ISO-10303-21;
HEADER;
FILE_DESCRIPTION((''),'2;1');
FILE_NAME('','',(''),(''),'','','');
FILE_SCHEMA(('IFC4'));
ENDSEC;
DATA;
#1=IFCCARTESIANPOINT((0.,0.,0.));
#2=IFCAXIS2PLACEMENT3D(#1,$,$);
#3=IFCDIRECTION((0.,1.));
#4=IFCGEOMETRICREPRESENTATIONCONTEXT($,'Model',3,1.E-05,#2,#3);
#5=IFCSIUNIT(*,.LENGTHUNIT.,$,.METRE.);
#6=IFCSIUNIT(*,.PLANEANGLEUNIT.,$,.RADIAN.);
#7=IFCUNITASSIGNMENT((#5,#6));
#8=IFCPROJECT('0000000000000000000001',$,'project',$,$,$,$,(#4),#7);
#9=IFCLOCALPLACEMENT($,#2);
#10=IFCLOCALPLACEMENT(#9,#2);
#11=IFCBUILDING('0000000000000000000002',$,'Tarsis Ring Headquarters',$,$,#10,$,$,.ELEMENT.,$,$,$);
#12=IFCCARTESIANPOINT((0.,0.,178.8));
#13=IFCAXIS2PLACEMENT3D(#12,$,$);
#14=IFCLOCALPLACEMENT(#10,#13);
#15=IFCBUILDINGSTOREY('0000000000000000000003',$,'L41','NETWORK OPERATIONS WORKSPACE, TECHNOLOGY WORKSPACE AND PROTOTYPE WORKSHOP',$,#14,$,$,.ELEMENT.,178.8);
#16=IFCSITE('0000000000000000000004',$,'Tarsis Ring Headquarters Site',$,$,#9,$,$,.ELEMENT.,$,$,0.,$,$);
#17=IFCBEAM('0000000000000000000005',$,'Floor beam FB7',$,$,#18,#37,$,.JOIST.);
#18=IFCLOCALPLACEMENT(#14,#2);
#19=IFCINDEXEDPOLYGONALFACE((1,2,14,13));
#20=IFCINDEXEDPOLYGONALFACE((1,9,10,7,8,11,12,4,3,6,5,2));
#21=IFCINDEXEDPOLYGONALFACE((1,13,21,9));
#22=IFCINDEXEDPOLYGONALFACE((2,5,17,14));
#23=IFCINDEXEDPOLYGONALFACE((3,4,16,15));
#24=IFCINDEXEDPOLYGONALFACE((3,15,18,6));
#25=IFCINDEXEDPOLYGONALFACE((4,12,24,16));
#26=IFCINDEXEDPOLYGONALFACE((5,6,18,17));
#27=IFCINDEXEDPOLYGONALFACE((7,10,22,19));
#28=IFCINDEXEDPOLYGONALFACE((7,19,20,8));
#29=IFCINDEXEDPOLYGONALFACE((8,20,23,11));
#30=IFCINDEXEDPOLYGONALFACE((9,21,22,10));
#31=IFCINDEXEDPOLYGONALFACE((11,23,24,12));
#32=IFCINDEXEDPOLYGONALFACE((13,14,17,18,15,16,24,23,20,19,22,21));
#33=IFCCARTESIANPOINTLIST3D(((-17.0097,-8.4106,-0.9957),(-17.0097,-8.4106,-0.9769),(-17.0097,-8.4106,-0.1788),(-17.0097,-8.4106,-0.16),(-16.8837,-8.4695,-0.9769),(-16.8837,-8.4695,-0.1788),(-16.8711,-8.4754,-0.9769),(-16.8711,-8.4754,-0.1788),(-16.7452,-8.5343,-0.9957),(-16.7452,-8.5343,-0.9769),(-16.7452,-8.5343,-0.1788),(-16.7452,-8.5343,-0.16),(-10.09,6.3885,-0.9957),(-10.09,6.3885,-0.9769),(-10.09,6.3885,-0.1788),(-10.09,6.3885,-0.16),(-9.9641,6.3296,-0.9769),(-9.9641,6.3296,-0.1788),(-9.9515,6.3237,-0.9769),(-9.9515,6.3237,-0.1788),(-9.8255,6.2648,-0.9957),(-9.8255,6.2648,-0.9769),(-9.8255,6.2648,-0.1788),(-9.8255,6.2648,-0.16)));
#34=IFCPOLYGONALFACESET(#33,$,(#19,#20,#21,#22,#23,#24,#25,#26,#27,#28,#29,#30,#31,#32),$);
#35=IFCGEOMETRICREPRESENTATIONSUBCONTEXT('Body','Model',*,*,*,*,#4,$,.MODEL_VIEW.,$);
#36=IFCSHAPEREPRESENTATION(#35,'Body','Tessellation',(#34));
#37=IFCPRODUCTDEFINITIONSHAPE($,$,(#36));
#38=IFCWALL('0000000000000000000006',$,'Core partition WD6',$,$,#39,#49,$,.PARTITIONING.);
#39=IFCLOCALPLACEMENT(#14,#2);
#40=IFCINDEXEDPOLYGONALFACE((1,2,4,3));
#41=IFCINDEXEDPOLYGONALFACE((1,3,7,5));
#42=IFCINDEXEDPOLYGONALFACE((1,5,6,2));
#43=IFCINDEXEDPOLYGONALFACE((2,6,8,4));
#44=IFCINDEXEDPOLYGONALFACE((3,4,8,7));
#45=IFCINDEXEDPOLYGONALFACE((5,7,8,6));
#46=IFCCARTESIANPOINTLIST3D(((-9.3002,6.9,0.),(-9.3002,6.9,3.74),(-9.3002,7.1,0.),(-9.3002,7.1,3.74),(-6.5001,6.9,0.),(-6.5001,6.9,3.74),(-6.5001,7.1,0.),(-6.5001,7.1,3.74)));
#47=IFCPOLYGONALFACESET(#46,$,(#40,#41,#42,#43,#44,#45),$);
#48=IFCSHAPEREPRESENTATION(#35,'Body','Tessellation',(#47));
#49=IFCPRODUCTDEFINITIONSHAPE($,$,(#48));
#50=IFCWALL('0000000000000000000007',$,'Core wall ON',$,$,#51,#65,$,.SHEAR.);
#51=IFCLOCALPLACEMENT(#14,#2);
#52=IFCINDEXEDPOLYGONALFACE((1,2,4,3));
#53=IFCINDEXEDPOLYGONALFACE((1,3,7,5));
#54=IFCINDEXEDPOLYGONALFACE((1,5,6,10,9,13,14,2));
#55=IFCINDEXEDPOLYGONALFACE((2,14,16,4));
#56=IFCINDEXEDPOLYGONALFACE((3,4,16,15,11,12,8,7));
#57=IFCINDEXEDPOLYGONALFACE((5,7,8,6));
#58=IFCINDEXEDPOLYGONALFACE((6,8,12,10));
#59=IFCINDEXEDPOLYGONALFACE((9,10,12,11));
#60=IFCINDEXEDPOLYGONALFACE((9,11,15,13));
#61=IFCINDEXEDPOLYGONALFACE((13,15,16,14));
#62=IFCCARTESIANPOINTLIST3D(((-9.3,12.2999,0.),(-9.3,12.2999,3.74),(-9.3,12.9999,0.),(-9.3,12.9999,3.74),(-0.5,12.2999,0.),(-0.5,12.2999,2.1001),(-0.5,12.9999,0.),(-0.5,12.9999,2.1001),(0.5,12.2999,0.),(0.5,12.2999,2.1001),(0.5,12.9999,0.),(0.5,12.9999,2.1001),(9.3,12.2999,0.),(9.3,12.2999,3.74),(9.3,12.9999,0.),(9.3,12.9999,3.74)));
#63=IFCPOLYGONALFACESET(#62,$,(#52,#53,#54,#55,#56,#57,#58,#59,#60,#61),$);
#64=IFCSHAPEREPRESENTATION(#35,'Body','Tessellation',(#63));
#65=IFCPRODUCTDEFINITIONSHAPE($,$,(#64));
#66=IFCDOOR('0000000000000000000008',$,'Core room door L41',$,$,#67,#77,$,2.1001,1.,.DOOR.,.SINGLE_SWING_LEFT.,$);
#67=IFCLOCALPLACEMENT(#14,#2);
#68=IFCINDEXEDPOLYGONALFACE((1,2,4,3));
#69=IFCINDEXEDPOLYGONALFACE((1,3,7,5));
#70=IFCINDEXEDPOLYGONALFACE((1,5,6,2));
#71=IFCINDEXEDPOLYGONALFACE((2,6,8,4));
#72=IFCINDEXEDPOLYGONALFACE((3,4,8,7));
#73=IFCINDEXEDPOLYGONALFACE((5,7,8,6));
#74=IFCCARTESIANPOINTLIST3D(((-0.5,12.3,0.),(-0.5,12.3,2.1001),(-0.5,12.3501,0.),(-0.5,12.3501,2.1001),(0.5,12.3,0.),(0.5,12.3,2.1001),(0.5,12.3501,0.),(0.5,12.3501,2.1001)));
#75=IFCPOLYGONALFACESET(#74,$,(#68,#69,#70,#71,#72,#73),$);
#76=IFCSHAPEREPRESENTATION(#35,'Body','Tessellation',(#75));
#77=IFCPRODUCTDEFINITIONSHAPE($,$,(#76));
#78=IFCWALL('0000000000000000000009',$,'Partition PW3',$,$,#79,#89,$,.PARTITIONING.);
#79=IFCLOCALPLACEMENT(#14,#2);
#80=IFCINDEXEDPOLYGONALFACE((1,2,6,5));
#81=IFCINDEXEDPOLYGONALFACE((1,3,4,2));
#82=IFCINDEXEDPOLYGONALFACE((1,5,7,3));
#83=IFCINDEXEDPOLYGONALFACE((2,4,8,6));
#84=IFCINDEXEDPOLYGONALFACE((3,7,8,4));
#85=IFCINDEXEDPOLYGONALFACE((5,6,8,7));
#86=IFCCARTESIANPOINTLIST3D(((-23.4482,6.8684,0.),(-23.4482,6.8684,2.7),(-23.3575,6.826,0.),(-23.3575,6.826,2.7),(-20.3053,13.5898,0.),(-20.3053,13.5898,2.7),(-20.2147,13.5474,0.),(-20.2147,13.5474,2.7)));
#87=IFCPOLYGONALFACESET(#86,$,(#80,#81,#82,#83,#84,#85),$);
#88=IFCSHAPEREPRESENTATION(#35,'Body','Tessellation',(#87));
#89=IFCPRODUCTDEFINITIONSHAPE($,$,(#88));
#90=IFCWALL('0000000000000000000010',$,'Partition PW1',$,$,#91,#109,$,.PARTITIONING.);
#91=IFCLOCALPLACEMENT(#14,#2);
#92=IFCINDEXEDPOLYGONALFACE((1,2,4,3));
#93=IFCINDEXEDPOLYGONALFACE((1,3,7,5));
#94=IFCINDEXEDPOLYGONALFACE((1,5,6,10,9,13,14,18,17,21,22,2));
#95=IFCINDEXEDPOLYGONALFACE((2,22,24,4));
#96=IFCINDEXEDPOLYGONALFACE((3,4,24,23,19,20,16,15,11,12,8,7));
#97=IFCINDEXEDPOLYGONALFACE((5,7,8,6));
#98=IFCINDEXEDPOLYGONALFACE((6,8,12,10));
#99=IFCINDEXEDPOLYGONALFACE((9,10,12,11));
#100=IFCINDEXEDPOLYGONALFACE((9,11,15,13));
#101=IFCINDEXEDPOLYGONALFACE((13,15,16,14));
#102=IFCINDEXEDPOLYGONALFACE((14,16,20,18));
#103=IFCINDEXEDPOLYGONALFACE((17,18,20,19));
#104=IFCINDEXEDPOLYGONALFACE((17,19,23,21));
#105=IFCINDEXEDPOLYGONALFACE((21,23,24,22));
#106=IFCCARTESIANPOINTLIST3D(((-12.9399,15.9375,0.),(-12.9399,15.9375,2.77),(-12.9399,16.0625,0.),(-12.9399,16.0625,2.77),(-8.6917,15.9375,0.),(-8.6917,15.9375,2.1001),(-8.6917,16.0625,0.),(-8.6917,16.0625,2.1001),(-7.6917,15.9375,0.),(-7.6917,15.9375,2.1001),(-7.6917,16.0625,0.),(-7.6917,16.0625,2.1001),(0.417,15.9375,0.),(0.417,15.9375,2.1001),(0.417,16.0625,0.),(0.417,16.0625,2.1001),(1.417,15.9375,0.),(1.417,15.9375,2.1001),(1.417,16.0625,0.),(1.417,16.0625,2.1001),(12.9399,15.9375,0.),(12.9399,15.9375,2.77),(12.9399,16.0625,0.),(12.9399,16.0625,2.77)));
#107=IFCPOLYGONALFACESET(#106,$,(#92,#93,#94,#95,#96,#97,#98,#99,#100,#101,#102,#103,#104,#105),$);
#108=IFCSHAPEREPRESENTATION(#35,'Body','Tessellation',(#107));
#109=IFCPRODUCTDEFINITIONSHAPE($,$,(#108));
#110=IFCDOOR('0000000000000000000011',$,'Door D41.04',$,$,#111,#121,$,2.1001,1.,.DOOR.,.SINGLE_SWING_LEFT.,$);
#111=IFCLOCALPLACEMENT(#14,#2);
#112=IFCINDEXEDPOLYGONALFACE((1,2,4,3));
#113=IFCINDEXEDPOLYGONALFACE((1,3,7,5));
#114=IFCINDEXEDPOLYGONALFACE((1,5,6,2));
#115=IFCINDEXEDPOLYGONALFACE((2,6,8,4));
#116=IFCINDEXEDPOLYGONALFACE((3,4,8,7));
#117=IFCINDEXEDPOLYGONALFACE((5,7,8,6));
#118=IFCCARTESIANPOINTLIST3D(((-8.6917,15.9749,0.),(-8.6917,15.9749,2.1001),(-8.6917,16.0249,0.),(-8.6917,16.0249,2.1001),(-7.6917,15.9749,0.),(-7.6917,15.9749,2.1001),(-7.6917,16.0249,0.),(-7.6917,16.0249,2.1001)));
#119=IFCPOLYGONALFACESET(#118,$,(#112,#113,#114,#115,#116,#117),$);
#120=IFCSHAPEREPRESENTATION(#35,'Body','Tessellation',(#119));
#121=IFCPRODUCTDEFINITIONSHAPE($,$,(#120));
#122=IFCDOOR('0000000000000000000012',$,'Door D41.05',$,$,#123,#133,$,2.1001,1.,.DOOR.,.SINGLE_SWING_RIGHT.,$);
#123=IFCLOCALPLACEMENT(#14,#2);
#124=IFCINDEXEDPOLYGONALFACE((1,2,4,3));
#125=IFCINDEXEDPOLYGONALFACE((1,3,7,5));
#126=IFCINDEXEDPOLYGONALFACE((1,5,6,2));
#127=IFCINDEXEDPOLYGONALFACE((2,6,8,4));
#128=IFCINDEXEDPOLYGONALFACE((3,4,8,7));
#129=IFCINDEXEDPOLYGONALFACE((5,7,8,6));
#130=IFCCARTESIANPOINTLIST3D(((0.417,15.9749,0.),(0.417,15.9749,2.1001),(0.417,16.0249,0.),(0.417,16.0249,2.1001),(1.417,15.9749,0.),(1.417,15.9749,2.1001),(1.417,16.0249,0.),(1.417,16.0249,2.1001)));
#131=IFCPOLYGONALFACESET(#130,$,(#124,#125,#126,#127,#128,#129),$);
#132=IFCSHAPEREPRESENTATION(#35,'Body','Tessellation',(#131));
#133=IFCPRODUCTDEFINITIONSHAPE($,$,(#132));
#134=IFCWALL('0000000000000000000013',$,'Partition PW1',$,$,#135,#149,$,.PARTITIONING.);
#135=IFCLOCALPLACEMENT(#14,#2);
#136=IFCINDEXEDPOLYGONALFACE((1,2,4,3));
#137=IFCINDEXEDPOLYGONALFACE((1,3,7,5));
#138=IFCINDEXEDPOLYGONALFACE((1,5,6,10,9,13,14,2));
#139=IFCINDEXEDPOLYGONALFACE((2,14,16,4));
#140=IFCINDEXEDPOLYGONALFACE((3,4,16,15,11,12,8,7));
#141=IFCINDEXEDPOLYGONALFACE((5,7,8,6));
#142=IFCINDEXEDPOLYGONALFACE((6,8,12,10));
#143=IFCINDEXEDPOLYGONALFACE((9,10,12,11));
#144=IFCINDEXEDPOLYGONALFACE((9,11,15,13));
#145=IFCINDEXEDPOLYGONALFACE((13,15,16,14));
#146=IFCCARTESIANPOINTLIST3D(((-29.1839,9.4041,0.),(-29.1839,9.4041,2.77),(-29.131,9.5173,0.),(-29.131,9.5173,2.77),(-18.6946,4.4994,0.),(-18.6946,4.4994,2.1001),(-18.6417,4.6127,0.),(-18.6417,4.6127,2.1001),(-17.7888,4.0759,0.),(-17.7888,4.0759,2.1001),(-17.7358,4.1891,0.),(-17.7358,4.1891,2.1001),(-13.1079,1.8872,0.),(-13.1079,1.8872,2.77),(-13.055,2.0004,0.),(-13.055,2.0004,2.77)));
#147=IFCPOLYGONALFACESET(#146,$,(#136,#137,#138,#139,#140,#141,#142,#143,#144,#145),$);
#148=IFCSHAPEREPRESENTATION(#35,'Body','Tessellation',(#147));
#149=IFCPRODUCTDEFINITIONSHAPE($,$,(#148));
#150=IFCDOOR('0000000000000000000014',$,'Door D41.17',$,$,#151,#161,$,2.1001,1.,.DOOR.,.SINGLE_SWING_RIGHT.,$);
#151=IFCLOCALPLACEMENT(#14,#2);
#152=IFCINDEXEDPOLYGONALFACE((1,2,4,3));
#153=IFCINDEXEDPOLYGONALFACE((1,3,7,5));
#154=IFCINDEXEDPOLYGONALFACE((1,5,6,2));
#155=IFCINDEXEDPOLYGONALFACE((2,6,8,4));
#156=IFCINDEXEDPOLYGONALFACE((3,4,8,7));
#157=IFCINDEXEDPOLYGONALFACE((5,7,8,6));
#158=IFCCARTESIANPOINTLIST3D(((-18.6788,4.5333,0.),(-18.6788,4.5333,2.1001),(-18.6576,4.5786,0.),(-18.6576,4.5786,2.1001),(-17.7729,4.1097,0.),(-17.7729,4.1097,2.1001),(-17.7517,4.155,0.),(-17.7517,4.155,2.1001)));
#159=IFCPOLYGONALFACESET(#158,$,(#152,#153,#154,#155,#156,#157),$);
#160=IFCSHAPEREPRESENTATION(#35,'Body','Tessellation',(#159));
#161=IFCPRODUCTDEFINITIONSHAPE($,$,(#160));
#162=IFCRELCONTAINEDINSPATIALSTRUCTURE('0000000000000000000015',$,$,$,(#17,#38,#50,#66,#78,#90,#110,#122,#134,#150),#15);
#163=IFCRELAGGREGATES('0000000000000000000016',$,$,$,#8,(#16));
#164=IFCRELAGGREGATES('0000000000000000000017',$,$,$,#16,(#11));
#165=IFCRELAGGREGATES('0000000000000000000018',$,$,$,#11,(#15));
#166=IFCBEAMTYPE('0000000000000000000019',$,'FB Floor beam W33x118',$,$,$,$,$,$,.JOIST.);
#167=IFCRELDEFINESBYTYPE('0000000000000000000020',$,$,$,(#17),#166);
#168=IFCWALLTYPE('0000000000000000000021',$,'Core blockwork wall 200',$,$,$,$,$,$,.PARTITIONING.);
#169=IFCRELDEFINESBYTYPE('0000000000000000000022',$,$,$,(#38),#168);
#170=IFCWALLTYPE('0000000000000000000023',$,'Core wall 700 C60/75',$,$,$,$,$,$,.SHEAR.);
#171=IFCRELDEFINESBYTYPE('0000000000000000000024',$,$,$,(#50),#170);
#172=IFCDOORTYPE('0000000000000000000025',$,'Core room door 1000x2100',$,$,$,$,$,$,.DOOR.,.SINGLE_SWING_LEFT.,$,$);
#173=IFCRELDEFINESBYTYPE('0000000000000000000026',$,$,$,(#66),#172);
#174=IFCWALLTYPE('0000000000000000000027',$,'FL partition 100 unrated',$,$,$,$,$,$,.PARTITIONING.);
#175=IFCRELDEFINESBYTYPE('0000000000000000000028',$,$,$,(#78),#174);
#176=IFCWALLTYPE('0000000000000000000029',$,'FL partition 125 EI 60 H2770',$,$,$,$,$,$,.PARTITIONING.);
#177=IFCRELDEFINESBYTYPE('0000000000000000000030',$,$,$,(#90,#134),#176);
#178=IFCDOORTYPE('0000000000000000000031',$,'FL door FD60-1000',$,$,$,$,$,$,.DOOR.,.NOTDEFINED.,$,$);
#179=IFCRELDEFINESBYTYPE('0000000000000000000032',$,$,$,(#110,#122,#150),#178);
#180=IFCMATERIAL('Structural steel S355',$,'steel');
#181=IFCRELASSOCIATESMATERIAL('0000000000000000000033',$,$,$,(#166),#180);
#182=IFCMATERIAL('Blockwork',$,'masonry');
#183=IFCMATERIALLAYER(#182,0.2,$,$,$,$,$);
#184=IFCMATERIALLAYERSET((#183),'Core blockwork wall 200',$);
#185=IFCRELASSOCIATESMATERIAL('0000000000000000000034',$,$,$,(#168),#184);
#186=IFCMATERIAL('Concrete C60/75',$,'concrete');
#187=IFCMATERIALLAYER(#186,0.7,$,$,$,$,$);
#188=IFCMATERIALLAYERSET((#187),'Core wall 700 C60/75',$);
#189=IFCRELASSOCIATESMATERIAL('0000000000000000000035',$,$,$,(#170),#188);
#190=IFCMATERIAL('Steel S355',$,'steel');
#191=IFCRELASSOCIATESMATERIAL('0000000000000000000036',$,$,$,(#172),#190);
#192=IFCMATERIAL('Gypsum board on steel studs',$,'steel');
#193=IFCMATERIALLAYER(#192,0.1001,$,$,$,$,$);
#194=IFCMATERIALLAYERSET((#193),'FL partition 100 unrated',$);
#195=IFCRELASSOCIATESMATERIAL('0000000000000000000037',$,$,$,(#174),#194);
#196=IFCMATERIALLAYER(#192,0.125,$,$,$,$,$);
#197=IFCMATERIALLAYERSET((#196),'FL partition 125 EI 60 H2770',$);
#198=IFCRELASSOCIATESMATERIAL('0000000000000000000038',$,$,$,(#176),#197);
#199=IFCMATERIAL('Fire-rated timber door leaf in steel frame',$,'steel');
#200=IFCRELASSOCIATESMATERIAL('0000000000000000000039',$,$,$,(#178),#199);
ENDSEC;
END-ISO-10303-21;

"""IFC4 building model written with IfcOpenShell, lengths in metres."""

from ifc_helpers import new_model, si_unit, direction, frame, frame_2d, origin, origin_2d, place, context, subcontext, project, spatial, rectangle, i_section, extrude, material, layer, layer_set, material_profile, profile_set, type_object, element, fill, save


model = new_model("IFC4")

# Units and contexts
model_context = context("Model", 3, precision=1e-05, world=origin(), true_north=direction((0.0, 1.0)))
body_context = subcontext(model_context, "Body", "Model", "MODEL_VIEW")
ifc_project = project(units=[si_unit("LENGTHUNIT", "METRE"), si_unit("PLANEANGLEUNIT", "RADIAN")], contexts=[model_context])

# Site, building, storey
site_placement = place(None, origin())
site = spatial("IfcSite", under=ifc_project, at=site_placement, Name="Tarsis Ring Headquarters Site", CompositionType="ELEMENT", RefElevation=0.0)
building_placement = place(site_placement, origin())
building = spatial("IfcBuilding", under=site, at=building_placement, Name="Tarsis Ring Headquarters", CompositionType="ELEMENT")
storey_placement = place(building_placement, frame((0.0, 0.0, 178.8)))
storey = spatial("IfcBuildingStorey", under=building, at=storey_placement, Name="L41", Description="NETWORK OPERATIONS WORKSPACE, TECHNOLOGY WORKSPACE AND PROTOTYPE WORKSHOP", CompositionType="ELEMENT", Elevation=178.8)

# Beam
ifc_material_1 = material(Name="Structural steel S355", Category="steel")
ifc_material_profile = material_profile(ifc_material_1, i_section(OverallWidth=0.292, OverallDepth=0.8357, WebThickness=0.0139, FlangeThickness=0.0188, at=origin_2d()), Name="W33x118")
ifc_profile_set = profile_set([ifc_material_profile], Name="Structural steel S355")
beam_type = type_object("IfcBeamType", Name="FB Floor beam W33x118", PredefinedType="JOIST", material=ifc_profile_set)
beam_placement = place(storey_placement, frame((-9.9578, 6.3267, -0.5779), z_axis=(-0.423561, -0.905868, 0.0), x_axis=(0.905868, -0.423561, 0.0)))
element("IfcBeam", 1, at=beam_placement, inside=storey, type_object=beam_type, Name="Floor beam FB7", PredefinedType="JOIST", context=body_context, shape_type="SweptSolid", body=[
    extrude(i_section(OverallWidth=0.292, OverallDepth=0.8357, WebThickness=0.0139, FlangeThickness=0.0188, at=origin_2d()), origin(), (0.0, 0.0, 1.0), 16.3369),
])

# Wall
ifc_material_2 = material(Name="Blockwork", Category="masonry")
ifc_layer_1 = layer(ifc_material_2, 0.2)
ifc_layer_set_1 = layer_set([ifc_layer_1], Name="Core blockwork wall 200")
wall_type_1 = type_object("IfcWallType", Name="Core blockwork wall 200", PredefinedType="PARTITIONING", material=ifc_layer_set_1)
wall_1_placement = place(storey_placement, frame((-9.3, 7.0, 0.0), z_axis=(0.0, 0.0, 1.0), x_axis=(1.0, 0.0, 0.0)))
element("IfcWall", 2, at=wall_1_placement, inside=storey, type_object=wall_type_1, Name="Core partition WD6", PredefinedType="PARTITIONING", context=body_context, shape_type="SweptSolid", body=[
    extrude(rectangle(XDim=2.8, YDim=0.2, at=frame_2d((1.3999, 0.0))), origin(), (0.0, 0.0, 1.0), 3.74),
])

# Wall, opening, door
ifc_material_3 = material(Name="Concrete C60/75", Category="concrete")
ifc_layer_2 = layer(ifc_material_3, 0.7)
ifc_layer_set_2 = layer_set([ifc_layer_2], Name="Core wall 700 C60/75")
wall_type_2 = type_object("IfcWallType", Name="Core wall 700 C60/75", PredefinedType="SHEAR", material=ifc_layer_set_2)
wall_2_placement = place(storey_placement, frame((-9.3, 12.6499, 0.0), z_axis=(0.0, 0.0, 1.0), x_axis=(1.0, 0.0, 0.0)))
wall_2 = element("IfcWall", 3, at=wall_2_placement, inside=storey, type_object=wall_type_2, Name="Core wall ON", PredefinedType="SHEAR", context=body_context, shape_type="SweptSolid", body=[
    extrude(rectangle(XDim=18.6001, YDim=0.7, at=frame_2d((9.3, 0.0))), origin(), (0.0, 0.0, 1.0), 3.74),
])
opening_1_placement = place(wall_2_placement, frame((8.8, 0.0, 0.0)))
opening_1 = element("IfcOpeningElement", 4, at=opening_1_placement, cuts=wall_2, PredefinedType="OPENING", context=body_context, shape_type="SweptSolid", body=[
    extrude(rectangle(XDim=1.0, YDim=2.1001, at=frame_2d((0.5, 1.05))), frame((0.0, 0.3599, 0.0), z_axis=(0.0, -1.0, 0.0), x_axis=(1.0, 0.0, 0.0)), (0.0, 0.0, 1.0), 0.72),
])
ifc_material_4 = material(Name="Steel S355", Category="steel")
door_type_1 = type_object("IfcDoorType", Name="Core room door 1000x2100", OperationType="SINGLE_SWING_LEFT", PredefinedType="DOOR", material=ifc_material_4)
door_1_placement = place(opening_1_placement, origin())
door_1 = element("IfcDoor", 5, at=door_1_placement, inside=storey, type_object=door_type_1, Name="Core room door L41", OperationType="SINGLE_SWING_LEFT", OverallHeight=2.1001, OverallWidth=1.0, PredefinedType="DOOR", context=body_context, shape_type="SweptSolid", body=[
    extrude(rectangle(XDim=1.0, YDim=2.1001, at=frame_2d((0.5, 1.05))), frame((0.0, -0.2998, 0.0), z_axis=(0.0, -1.0, 0.0), x_axis=(1.0, 0.0, 0.0)), (0.0, 0.0, 1.0), 0.05),
])
fill(opening_1, door_1)

# Wall
ifc_material_5 = material(Name="Gypsum board on steel studs", Category="steel")
ifc_layer_3 = layer(ifc_material_5, 0.1001)
ifc_layer_set_3 = layer_set([ifc_layer_3], Name="FL partition 100 unrated")
wall_type_3 = type_object("IfcWallType", Name="FL partition 100 unrated", PredefinedType="PARTITIONING", material=ifc_layer_set_3)
wall_3_placement = place(storey_placement, frame((-23.4028, 6.8472, 0.0), z_axis=(0.0, 0.0, 1.0), x_axis=(0.423566, 0.905865, 0.0)))
element("IfcWall", 6, at=wall_3_placement, inside=storey, type_object=wall_type_3, Name="Partition PW3", PredefinedType="PARTITIONING", context=body_context, shape_type="SweptSolid", body=[
    extrude(rectangle(XDim=7.4199, YDim=0.1001, at=frame_2d((3.71, 0.0))), origin(), (0.0, 0.0, 1.0), 2.7),
])

# Wall, openings, doors
ifc_layer_4 = layer(ifc_material_5, 0.125)
ifc_layer_set_4 = layer_set([ifc_layer_4], Name="FL partition 125 EI 60 H2770")
wall_type_4 = type_object("IfcWallType", Name="FL partition 125 EI 60 H2770", PredefinedType="PARTITIONING", material=ifc_layer_set_4)
wall_4_placement = place(storey_placement, frame((-12.9399, 16.0, 0.0), z_axis=(0.0, 0.0, 1.0), x_axis=(1.0, 0.0, 0.0)))
wall_4 = element("IfcWall", 7, at=wall_4_placement, inside=storey, type_object=wall_type_4, Name="Partition PW1", PredefinedType="PARTITIONING", context=body_context, shape_type="SweptSolid", body=[
    extrude(rectangle(XDim=25.8799, YDim=0.125, at=frame_2d((12.9399, 0.0))), origin(), (0.0, 0.0, 1.0), 2.77),
])
opening_2_placement = place(wall_4_placement, frame((4.2483, 0.0, 0.0)))
opening_2 = element("IfcOpeningElement", 8, at=opening_2_placement, cuts=wall_4, PredefinedType="OPENING", context=body_context, shape_type="SweptSolid", body=[
    extrude(rectangle(XDim=1.0, YDim=2.1001, at=frame_2d((0.5, 1.05))), frame((0.0, 0.0725, 0.0), z_axis=(0.0, -1.0, 0.0), x_axis=(1.0, 0.0, 0.0)), (0.0, 0.0, 1.0), 0.145),
])
opening_3_placement = place(wall_4_placement, frame((13.3569, 0.0, 0.0)))
opening_3 = element("IfcOpeningElement", 9, at=opening_3_placement, cuts=wall_4, PredefinedType="OPENING", context=body_context, shape_type="SweptSolid", body=[
    extrude(rectangle(XDim=1.0, YDim=2.1001, at=frame_2d((0.5, 1.05))), frame((0.0, 0.0725, 0.0), z_axis=(0.0, -1.0, 0.0), x_axis=(1.0, 0.0, 0.0)), (0.0, 0.0, 1.0), 0.145),
])
ifc_material_6 = material(Name="Fire-rated timber door leaf in steel frame", Category="steel")
door_type_2 = type_object("IfcDoorType", Name="FL door FD60-1000", OperationType="NOTDEFINED", PredefinedType="DOOR", material=ifc_material_6)
door_2_placement = place(opening_2_placement, origin())
door_2 = element("IfcDoor", 10, at=door_2_placement, inside=storey, type_object=door_type_2, Name="Door D41.04", OperationType="SINGLE_SWING_LEFT", OverallHeight=2.1001, OverallWidth=1.0, PredefinedType="DOOR", context=body_context, shape_type="SweptSolid", body=[
    extrude(rectangle(XDim=1.0, YDim=2.1001, at=frame_2d((0.5, 1.05))), frame((0.0, 0.0249, 0.0), z_axis=(0.0, -1.0, 0.0), x_axis=(1.0, 0.0, 0.0)), (0.0, 0.0, 1.0), 0.05),
])
fill(opening_2, door_2)
door_3_placement = place(opening_3_placement, origin())
door_3 = element("IfcDoor", 11, at=door_3_placement, inside=storey, type_object=door_type_2, Name="Door D41.05", OperationType="SINGLE_SWING_RIGHT", OverallHeight=2.1001, OverallWidth=1.0, PredefinedType="DOOR", context=body_context, shape_type="SweptSolid", body=[
    extrude(rectangle(XDim=1.0, YDim=2.1001, at=frame_2d((0.5, 1.05))), frame((0.0, 0.0249, 0.0), z_axis=(0.0, -1.0, 0.0), x_axis=(1.0, 0.0, 0.0)), (0.0, 0.0, 1.0), 0.05),
])
fill(opening_3, door_3)

# Wall, opening, door
wall_5_placement = place(storey_placement, frame((-29.1575, 9.4607, 0.0), z_axis=(0.0, 0.0, 1.0), x_axis=(0.905864, -0.423568, 0.0)))
wall_5 = element("IfcWall", 12, at=wall_5_placement, inside=storey, type_object=wall_type_4, Name="Partition PW1", PredefinedType="PARTITIONING", context=body_context, shape_type="SweptSolid", body=[
    extrude(rectangle(XDim=17.7466, YDim=0.125, at=frame_2d((8.8733, 0.0))), origin(), (0.0, 0.0, 1.0), 2.77),
])
opening_4_placement = place(wall_5_placement, frame((11.5793, 0.0, 0.0)))
opening_4 = element("IfcOpeningElement", 13, at=opening_4_placement, cuts=wall_5, PredefinedType="OPENING", context=body_context, shape_type="SweptSolid", body=[
    extrude(rectangle(XDim=1.0, YDim=2.1001, at=frame_2d((0.5, 1.05))), frame((0.0, 0.0725, 0.0), z_axis=(0.0, -1.0, 0.0), x_axis=(1.0, 0.0, 0.0)), (0.0, 0.0, 1.0), 0.145),
])
door_4_placement = place(opening_4_placement, origin())
door_4 = element("IfcDoor", 14, at=door_4_placement, inside=storey, type_object=door_type_2, Name="Door D41.17", OperationType="SINGLE_SWING_RIGHT", OverallHeight=2.1001, OverallWidth=1.0, PredefinedType="DOOR", context=body_context, shape_type="SweptSolid", body=[
    extrude(rectangle(XDim=1.0, YDim=2.1001, at=frame_2d((0.5, 1.05))), frame((0.0, 0.0249, 0.0), z_axis=(0.0, -1.0, 0.0), x_axis=(1.0, 0.0, 0.0)), (0.0, 0.0, 1.0), 0.05),
])
fill(opening_4, door_4)

save(model, "model.ifc")
